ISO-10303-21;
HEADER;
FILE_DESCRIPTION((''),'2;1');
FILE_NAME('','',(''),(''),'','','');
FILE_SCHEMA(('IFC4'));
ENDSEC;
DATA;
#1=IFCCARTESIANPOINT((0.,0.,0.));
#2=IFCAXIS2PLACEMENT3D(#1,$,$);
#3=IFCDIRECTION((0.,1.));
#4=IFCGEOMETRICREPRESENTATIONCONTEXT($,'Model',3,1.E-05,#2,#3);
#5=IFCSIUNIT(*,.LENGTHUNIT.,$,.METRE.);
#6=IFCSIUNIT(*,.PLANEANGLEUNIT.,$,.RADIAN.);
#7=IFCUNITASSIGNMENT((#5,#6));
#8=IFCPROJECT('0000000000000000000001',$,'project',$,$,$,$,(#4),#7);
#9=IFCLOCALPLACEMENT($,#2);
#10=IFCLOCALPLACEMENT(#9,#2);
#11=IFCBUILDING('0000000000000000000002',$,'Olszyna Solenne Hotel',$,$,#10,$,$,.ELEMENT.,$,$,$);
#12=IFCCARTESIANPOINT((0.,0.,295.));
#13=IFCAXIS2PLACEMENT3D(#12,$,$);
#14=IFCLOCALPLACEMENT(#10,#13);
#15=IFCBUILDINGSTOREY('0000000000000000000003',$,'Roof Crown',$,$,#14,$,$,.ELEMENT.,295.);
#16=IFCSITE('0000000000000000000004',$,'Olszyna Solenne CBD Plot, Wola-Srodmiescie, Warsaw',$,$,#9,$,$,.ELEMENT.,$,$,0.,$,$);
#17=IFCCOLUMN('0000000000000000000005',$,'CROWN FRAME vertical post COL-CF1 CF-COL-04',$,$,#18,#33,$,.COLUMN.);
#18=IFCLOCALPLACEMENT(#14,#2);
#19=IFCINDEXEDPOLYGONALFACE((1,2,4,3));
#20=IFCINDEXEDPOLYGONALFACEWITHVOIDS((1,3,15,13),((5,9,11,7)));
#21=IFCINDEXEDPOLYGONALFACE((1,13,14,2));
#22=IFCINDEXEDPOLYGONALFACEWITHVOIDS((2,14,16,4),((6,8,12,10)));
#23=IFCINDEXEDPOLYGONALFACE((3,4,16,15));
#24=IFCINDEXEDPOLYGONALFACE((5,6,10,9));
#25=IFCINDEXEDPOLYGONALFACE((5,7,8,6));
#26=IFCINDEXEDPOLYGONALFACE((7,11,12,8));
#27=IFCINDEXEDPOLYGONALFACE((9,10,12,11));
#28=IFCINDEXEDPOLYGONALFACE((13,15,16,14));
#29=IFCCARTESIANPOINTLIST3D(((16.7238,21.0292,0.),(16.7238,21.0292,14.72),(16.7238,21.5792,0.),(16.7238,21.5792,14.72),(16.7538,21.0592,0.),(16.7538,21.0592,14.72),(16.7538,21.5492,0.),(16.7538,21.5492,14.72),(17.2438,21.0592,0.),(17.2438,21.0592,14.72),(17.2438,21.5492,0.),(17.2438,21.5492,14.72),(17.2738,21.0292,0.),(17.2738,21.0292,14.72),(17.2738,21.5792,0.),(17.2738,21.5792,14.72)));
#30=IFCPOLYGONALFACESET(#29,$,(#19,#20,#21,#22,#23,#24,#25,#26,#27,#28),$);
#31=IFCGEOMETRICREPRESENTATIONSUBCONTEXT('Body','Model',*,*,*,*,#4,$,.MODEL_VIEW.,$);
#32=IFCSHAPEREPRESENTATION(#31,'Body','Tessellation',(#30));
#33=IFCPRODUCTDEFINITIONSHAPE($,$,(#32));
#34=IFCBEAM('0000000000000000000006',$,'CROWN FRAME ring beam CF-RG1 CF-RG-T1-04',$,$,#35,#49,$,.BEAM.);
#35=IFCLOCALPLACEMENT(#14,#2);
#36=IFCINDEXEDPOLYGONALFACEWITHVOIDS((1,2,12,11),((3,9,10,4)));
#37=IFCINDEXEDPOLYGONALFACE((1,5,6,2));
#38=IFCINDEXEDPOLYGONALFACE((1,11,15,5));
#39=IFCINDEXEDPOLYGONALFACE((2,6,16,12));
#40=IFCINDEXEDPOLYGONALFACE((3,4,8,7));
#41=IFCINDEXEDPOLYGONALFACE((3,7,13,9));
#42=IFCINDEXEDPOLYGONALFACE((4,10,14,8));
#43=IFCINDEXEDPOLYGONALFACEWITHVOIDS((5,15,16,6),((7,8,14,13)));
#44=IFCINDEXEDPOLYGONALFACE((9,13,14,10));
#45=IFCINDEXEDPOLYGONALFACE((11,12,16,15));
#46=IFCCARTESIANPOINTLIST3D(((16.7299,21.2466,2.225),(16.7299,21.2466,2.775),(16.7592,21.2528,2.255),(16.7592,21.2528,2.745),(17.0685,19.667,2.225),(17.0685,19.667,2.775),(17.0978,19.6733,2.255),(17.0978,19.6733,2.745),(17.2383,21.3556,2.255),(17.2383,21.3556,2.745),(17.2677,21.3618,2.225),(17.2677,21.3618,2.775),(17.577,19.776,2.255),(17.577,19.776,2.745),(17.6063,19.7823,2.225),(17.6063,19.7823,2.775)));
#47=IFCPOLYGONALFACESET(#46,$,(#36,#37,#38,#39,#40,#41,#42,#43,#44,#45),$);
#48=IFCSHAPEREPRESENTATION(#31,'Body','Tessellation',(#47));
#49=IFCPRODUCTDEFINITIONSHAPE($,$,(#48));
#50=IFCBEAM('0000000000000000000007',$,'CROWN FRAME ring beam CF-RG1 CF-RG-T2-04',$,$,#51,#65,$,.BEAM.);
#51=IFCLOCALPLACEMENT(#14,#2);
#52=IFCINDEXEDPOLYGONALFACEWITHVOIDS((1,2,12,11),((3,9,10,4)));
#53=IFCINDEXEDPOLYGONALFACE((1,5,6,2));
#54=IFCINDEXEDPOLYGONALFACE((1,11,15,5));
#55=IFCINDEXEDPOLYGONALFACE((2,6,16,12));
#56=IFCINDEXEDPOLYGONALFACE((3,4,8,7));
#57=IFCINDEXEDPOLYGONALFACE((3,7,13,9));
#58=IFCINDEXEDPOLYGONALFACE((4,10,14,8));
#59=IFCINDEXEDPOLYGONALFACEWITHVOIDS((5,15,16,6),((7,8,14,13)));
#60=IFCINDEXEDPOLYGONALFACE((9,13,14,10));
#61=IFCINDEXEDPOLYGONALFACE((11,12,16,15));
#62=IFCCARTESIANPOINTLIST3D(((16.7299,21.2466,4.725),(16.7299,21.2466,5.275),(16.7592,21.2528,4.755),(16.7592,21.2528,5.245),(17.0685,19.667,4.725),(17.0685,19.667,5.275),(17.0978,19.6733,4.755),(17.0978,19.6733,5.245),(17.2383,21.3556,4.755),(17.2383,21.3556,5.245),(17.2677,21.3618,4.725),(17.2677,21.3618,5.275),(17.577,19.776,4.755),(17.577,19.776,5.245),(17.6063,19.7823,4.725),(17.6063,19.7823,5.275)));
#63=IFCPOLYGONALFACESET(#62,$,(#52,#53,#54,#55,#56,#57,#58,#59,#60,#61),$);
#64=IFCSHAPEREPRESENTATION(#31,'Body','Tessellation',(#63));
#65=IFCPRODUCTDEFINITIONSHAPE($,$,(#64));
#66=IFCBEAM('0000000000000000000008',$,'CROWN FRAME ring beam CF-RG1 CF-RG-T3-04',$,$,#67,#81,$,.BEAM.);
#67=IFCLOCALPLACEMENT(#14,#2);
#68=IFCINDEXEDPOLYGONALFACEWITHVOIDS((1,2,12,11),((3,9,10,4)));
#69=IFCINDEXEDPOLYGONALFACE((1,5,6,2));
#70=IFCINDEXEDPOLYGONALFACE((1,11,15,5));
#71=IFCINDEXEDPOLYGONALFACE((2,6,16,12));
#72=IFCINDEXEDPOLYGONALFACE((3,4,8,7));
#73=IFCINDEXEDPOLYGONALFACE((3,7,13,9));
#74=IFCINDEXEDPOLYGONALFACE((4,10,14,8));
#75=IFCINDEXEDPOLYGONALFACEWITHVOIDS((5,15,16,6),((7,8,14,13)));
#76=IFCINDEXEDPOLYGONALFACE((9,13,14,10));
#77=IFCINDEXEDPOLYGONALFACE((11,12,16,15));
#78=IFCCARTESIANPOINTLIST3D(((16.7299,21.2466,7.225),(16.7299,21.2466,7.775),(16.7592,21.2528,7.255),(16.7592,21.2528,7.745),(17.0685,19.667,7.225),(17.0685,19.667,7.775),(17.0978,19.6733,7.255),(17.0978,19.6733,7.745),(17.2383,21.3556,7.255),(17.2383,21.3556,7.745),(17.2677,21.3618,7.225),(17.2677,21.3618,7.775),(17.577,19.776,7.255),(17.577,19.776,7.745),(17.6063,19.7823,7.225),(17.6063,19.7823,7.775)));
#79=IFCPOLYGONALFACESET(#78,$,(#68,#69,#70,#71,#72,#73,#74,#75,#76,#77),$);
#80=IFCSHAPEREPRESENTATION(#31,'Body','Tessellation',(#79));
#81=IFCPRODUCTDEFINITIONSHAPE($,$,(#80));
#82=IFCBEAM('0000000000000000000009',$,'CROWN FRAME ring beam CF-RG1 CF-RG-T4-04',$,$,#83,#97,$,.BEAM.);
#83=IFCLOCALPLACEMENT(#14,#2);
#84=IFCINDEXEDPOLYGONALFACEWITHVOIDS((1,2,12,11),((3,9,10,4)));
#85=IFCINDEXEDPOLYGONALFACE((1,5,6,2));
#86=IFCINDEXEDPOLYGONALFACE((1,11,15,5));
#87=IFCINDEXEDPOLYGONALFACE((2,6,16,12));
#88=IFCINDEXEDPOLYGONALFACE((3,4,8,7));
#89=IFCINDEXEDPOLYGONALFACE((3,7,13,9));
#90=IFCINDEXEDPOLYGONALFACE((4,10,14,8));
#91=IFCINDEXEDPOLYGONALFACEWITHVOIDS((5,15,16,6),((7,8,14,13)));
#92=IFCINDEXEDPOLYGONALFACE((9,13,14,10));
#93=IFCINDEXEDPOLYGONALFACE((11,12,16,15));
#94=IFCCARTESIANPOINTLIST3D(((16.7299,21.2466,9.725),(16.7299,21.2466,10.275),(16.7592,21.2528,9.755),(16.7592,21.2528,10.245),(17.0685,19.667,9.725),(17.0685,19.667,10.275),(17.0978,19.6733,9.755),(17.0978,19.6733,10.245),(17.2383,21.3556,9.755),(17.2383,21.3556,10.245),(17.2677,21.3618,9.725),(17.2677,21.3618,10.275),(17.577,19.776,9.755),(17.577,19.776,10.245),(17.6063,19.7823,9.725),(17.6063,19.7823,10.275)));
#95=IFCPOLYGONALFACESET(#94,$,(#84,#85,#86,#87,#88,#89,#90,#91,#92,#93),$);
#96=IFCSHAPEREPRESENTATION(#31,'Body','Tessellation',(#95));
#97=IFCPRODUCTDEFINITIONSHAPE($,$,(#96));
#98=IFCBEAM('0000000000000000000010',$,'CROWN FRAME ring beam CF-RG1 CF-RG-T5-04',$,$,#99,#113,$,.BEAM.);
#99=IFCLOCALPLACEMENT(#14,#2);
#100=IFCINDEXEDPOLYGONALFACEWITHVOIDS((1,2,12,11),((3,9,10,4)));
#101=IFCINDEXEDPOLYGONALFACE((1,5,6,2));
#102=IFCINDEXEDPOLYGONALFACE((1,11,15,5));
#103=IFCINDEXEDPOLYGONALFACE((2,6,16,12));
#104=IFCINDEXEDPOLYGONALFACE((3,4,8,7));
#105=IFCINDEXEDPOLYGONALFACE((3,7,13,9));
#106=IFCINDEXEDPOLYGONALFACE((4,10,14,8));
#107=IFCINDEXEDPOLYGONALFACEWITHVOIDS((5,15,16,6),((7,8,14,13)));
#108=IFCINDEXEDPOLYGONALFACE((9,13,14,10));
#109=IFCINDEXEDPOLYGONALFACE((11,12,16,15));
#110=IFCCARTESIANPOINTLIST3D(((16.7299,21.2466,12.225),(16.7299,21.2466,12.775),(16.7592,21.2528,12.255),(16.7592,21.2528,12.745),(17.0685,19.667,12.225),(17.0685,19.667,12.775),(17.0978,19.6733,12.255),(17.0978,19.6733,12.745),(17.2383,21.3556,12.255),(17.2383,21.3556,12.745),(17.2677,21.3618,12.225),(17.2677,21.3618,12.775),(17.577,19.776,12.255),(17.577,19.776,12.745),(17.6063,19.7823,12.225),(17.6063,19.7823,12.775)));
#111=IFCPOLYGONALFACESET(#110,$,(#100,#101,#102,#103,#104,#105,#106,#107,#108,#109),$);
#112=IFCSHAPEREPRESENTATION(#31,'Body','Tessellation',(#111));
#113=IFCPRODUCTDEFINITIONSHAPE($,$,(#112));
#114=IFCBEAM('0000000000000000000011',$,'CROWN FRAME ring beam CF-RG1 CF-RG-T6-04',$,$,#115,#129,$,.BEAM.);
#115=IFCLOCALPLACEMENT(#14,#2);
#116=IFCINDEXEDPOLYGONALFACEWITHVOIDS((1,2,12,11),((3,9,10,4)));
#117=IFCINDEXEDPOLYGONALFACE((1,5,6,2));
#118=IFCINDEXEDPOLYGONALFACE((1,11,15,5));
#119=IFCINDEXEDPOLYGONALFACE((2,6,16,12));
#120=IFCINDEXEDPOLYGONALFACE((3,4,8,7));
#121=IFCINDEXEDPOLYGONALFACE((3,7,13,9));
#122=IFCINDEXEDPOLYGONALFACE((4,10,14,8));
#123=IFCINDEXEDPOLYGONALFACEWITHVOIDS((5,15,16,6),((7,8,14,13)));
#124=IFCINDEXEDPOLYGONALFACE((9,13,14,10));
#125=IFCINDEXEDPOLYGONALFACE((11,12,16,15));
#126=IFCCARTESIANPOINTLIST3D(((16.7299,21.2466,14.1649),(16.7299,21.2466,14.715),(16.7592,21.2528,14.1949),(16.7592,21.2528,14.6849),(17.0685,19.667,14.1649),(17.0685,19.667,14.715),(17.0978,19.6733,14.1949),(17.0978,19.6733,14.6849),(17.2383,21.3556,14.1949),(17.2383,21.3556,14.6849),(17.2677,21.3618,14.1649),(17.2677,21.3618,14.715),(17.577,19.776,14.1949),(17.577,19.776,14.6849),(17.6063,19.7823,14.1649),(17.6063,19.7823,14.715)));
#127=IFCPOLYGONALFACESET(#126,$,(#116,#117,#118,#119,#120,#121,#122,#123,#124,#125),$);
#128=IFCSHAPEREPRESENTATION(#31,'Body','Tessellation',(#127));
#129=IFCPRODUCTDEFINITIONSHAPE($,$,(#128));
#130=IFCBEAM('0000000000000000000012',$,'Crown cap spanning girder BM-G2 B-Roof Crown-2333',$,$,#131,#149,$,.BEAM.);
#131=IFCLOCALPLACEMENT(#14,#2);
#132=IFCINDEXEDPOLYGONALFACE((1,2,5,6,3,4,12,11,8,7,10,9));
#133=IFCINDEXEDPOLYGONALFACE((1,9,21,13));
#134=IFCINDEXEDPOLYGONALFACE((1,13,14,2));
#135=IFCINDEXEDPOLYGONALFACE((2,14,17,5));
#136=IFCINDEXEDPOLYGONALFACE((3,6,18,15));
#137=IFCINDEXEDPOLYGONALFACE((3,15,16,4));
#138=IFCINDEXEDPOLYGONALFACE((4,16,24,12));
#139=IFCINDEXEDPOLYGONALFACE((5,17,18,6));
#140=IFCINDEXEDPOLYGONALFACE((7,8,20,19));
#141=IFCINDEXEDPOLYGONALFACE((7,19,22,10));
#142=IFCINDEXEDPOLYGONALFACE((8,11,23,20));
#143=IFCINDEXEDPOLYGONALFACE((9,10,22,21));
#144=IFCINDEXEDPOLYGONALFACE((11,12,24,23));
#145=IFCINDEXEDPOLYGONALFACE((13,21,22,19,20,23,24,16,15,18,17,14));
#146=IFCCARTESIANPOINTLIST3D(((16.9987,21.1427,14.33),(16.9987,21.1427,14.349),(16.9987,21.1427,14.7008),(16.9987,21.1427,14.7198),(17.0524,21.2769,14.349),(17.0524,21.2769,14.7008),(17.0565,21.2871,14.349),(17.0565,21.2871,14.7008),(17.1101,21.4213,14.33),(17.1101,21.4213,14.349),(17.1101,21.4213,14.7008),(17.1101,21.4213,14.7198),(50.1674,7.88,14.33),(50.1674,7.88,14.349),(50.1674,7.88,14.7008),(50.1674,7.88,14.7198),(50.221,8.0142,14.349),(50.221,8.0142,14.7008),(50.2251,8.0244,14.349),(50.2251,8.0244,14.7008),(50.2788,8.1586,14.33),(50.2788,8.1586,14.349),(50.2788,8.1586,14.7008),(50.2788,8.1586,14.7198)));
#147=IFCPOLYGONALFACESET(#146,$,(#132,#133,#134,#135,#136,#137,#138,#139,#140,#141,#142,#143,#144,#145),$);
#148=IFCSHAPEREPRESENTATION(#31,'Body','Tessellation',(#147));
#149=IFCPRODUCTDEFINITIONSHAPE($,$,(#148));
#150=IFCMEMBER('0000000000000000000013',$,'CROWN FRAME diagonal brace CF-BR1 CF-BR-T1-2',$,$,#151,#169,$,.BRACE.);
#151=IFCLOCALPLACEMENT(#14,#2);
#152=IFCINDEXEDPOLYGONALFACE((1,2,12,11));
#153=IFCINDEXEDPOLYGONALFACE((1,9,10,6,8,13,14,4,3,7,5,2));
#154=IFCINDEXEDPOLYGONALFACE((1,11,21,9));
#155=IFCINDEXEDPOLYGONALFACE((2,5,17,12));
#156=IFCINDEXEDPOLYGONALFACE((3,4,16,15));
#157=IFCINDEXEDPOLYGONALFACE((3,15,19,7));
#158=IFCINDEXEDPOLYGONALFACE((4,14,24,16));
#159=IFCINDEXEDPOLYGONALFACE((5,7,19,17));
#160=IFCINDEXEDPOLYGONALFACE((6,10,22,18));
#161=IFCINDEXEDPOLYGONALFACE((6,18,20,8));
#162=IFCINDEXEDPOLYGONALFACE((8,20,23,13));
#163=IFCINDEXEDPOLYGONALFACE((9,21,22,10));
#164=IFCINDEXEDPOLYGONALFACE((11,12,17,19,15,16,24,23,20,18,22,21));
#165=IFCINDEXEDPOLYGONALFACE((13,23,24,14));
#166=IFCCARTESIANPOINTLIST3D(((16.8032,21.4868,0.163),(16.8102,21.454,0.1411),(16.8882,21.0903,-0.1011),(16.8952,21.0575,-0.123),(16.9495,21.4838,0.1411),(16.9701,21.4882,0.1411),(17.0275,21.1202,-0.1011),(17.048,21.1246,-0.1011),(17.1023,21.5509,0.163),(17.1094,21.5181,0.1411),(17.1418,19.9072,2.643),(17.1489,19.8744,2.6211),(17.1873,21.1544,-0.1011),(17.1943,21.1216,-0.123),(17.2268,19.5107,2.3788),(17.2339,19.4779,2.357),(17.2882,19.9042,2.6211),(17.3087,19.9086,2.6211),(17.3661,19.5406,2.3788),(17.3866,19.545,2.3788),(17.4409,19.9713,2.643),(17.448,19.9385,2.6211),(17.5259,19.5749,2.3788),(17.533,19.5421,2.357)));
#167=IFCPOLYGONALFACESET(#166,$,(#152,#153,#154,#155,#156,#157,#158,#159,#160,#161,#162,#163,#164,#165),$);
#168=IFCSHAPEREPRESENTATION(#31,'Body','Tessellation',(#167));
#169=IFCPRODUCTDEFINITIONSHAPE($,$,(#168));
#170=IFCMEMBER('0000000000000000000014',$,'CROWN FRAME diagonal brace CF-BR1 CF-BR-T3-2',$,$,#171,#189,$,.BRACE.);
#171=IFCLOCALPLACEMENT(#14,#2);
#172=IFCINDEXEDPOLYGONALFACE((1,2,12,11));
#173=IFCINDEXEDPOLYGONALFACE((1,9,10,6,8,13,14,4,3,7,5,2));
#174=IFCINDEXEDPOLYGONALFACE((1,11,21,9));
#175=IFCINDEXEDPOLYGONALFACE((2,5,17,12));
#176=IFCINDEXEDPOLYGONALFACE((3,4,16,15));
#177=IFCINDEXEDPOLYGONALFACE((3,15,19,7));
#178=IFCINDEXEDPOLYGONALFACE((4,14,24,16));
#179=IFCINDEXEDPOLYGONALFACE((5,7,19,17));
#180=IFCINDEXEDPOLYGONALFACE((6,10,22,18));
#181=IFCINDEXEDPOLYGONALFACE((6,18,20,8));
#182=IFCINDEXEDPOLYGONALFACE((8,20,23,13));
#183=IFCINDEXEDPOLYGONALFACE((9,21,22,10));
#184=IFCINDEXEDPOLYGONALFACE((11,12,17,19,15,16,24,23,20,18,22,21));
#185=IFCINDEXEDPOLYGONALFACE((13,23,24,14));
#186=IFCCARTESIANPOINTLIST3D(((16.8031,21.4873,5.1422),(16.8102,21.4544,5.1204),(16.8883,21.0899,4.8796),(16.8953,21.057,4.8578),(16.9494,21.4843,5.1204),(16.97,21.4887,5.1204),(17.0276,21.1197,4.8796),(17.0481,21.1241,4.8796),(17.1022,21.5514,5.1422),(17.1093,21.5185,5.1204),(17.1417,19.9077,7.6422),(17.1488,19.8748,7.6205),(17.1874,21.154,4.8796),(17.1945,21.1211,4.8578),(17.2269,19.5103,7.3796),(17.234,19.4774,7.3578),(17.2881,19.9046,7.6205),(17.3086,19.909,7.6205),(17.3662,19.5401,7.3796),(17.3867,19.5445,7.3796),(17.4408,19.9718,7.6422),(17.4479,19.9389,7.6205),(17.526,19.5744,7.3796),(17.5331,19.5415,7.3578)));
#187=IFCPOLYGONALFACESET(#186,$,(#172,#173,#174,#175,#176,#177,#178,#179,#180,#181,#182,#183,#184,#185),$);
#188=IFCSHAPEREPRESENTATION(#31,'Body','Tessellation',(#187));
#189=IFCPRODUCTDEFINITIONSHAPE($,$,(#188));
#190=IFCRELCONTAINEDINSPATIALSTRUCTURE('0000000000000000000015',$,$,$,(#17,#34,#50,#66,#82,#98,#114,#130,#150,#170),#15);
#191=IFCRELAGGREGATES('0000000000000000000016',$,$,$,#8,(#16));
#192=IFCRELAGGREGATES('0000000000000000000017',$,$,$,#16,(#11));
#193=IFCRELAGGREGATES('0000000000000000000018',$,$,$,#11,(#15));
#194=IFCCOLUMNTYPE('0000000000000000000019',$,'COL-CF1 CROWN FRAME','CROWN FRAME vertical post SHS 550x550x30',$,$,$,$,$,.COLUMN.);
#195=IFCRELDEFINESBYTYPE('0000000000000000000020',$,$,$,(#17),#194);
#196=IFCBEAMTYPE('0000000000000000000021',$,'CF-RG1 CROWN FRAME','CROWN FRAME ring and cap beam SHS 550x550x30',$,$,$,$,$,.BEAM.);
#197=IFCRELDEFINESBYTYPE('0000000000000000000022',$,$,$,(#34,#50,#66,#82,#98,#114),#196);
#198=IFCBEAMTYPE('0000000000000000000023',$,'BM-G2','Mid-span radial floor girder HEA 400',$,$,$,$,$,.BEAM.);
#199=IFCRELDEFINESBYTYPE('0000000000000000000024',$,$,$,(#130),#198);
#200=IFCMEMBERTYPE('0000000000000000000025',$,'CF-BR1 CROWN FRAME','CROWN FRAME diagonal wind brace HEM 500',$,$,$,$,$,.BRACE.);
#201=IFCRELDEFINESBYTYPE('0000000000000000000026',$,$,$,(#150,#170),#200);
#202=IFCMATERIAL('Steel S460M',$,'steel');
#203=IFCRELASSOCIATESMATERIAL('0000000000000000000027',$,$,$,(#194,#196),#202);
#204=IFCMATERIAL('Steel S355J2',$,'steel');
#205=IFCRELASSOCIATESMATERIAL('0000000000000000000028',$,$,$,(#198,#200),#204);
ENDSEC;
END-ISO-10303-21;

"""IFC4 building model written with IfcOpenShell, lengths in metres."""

from ifc_helpers import new_model, si_unit, direction, frame, origin, origin_2d, place, context, subcontext, project, spatial, hollow_rectangle, i_section, extrude, source, transform, mapped, material, material_profile, profile_set, type_object, element, save


model = new_model("IFC4")

# Units and contexts
model_context = context("Model", 3, precision=1e-05, world=origin(), true_north=direction((0.0, 1.0)))
body_context = subcontext(model_context, "Body", "Model", "MODEL_VIEW")
ifc_project = project(units=[si_unit("LENGTHUNIT", "METRE"), si_unit("PLANEANGLEUNIT", "RADIAN")], contexts=[model_context])

# Site, building, storey
site_placement = place(None, origin())
site = spatial("IfcSite", under=ifc_project, at=site_placement, Name="Olszyna Solenne CBD Plot, Wola-Srodmiescie, Warsaw", CompositionType="ELEMENT", RefElevation=0.0)
building_placement = place(site_placement, origin())
building = spatial("IfcBuilding", under=site, at=building_placement, Name="Olszyna Solenne Hotel", CompositionType="ELEMENT")
storey_placement = place(building_placement, frame((0.0, 0.0, 295.0)))
storey = spatial("IfcBuildingStorey", under=building, at=storey_placement, Name="Roof Crown", CompositionType="ELEMENT", Elevation=295.0)

# Column
ifc_material_1 = material(Name="Steel S460M", Category="steel")
ifc_material_profile_1 = material_profile(ifc_material_1, hollow_rectangle(XDim=0.55, YDim=0.55, WallThickness=0.03, at=origin_2d()), Name="SHS 550x550x30", Category="load-bearing")
ifc_profile_set_1 = profile_set([ifc_material_profile_1], Name="Steel S460M")
column_type = type_object("IfcColumnType", Name="COL-CF1 CROWN FRAME", Description="CROWN FRAME vertical post SHS 550x550x30", PredefinedType="COLUMN", material=ifc_profile_set_1)
shared_shape_1 = source(origin(), body_context, "Body", "SweptSolid", [
    extrude(hollow_rectangle(XDim=0.55, YDim=0.55, WallThickness=0.03, at=origin_2d()), origin(), (0.0, 0.0, 1.0), 14.72),
])
column_placement = place(storey_placement, frame((16.9988, 21.3042, 0.0), z_axis=(0.0, 0.0, 1.0), x_axis=(1.0, 0.0, 0.0)))
element("IfcColumn", 1, at=column_placement, inside=storey, type_object=column_type, Name="CROWN FRAME vertical post COL-CF1 CF-COL-04", PredefinedType="COLUMN", context=body_context, shape_type="MappedRepresentation", body=[
    mapped(shared_shape_1, transform((0.0, 0.0, 0.0), x_axis=(1.0, 0.0, 0.0), y_axis=(0.0, 1.0, 0.0), z_axis=(0.0, 0.0, 1.0), scale=1.0)),
])

# Beams
ifc_material_profile_2 = material_profile(ifc_material_1, hollow_rectangle(XDim=0.55, YDim=0.55, WallThickness=0.03, at=origin_2d()), Name="SHS 550x550x30", Category="load-bearing")
ifc_profile_set_2 = profile_set([ifc_material_profile_2], Name="Steel S460M")
beam_type_1 = type_object("IfcBeamType", Name="CF-RG1 CROWN FRAME", Description="CROWN FRAME ring and cap beam SHS 550x550x30", PredefinedType="BEAM", material=ifc_profile_set_2)
shared_shape_2 = source(origin(), body_context, "Body", "SweptSolid", [
    extrude(hollow_rectangle(XDim=0.55, YDim=0.55, WallThickness=0.03, at=origin_2d()), origin(), (0.0, 0.0, 1.0), 1.6155),
])
for number, where, z_axis, x_axis, name in (
    (2, (16.9988, 21.3042, 2.5), (0.209612, -0.977785, 0.0), (0.977785, 0.209612, 0.0), "CROWN FRAME ring beam CF-RG1 CF-RG-T1-04"),
    (3, (16.9988, 21.3042, 5.0), (0.209612, -0.977785, 0.0), (0.977785, 0.209612, 0.0), "CROWN FRAME ring beam CF-RG1 CF-RG-T2-04"),
    (4, (16.9988, 21.3042, 7.5), (0.209612, -0.977785, 0.0), (0.977785, 0.209612, 0.0), "CROWN FRAME ring beam CF-RG1 CF-RG-T3-04"),
    (5, (16.9988, 21.3042, 10.0), (0.209612, -0.977785, 0.0), (0.977785, 0.209612, 0.0), "CROWN FRAME ring beam CF-RG1 CF-RG-T4-04"),
    (6, (16.9988, 21.3042, 12.5), (0.209612, -0.977785, 0.0), (0.977785, 0.209612, 0.0), "CROWN FRAME ring beam CF-RG1 CF-RG-T5-04"),
    (7, (16.9988, 21.3042, 14.4399), (0.209612, -0.977785, 0.0), (0.977785, 0.209612, 0.0), "CROWN FRAME ring beam CF-RG1 CF-RG-T6-04"),
):
    element("IfcBeam", number, at=place(storey_placement, frame(where, z_axis=z_axis, x_axis=x_axis)), inside=storey, type_object=beam_type_1, Name=name, PredefinedType="BEAM", context=body_context, shape_type="MappedRepresentation", body=[
        mapped(shared_shape_2, transform((0.0, 0.0, 0.0), x_axis=(1.0, 0.0, 0.0), y_axis=(0.0, 1.0, 0.0), z_axis=(0.0, 0.0, 1.0), scale=1.0)),
    ])
ifc_material_2 = material(Name="Steel S355J2", Category="steel")
ifc_material_profile_3 = material_profile(ifc_material_2, i_section(OverallWidth=0.3, OverallDepth=0.3899, WebThickness=0.011, FlangeThickness=0.019, at=origin_2d()), Name="HEA 400", Category="load-bearing")
ifc_profile_set_3 = profile_set([ifc_material_profile_3], Name="Steel S355J2")
beam_type_2 = type_object("IfcBeamType", Name="BM-G2", Description="Mid-span radial floor girder HEA 400", PredefinedType="BEAM", material=ifc_profile_set_3)
shared_shape_3 = source(origin(), body_context, "Body", "SweptSolid", [
    extrude(i_section(OverallWidth=0.3, OverallDepth=0.3899, WebThickness=0.011, FlangeThickness=0.019, at=origin_2d()), origin(), (0.0, 0.0, 1.0), 35.7219),
])
beam_placement = place(storey_placement, frame((17.0544, 21.282, 14.5249), z_axis=(0.928523, -0.371275, 0.0), x_axis=(0.371275, 0.928523, 0.0)))
element("IfcBeam", 8, at=beam_placement, inside=storey, type_object=beam_type_2, Name="Crown cap spanning girder BM-G2 B-Roof Crown-2333", PredefinedType="BEAM", context=body_context, shape_type="MappedRepresentation", body=[
    mapped(shared_shape_3, transform((0.0, 0.0, 0.0), x_axis=(1.0, 0.0, 0.0), y_axis=(0.0, 1.0, 0.0), z_axis=(0.0, 0.0, 1.0), scale=1.0)),
])

# Members
ifc_material_profile_4 = material_profile(ifc_material_2, i_section(OverallWidth=0.3059, OverallDepth=0.5239, WebThickness=0.021, FlangeThickness=0.04, at=origin_2d()), Name="HEM 500", Category="load-bearing")
ifc_profile_set_4 = profile_set([ifc_material_profile_4], Name="Steel S355J2")
member_type = type_object("IfcMemberType", Name="CF-BR1 CROWN FRAME", Description="CROWN FRAME diagonal wind brace HEM 500", PredefinedType="BRACE", material=ifc_profile_set_4)
shared_shape_4 = source(origin(), body_context, "Body", "SweptSolid", [
    extrude(i_section(OverallWidth=0.3059, OverallDepth=0.5239, WebThickness=0.021, FlangeThickness=0.04, at=origin_2d()), origin(), (0.0, 0.0, 1.0), 2.9597),
])
member_placement = place(storey_placement, frame((16.9988, 21.3042, 0.02), z_axis=(0.11441, -0.533692, 0.837904), x_axis=(0.977785, 0.209612, 0.0)))
element("IfcMember", 9, at=member_placement, inside=storey, type_object=member_type, Name="CROWN FRAME diagonal brace CF-BR1 CF-BR-T1-2", PredefinedType="BRACE", context=body_context, shape_type="MappedRepresentation", body=[
    mapped(shared_shape_4, transform((0.0, 0.0, 0.0), x_axis=(1.0, 0.0, 0.0), y_axis=(0.0, 1.0, 0.0), z_axis=(0.0, 0.0, 1.0), scale=1.0)),
])
shared_shape_5 = source(origin(), body_context, "Body", "SweptSolid", [
    extrude(i_section(OverallWidth=0.3059, OverallDepth=0.5239, WebThickness=0.021, FlangeThickness=0.04, at=origin_2d()), origin(), (0.0, 0.0, 1.0), 2.9766),
])
for number, where, z_axis, x_axis, name in (
    (10, (16.9988, 21.3042, 5.0), (0.113764, -0.53068, 0.839902), (0.977785, 0.209612, 0.0), "CROWN FRAME diagonal brace CF-BR1 CF-BR-T3-2"),
):
    element("IfcMember", number, at=place(storey_placement, frame(where, z_axis=z_axis, x_axis=x_axis)), inside=storey, type_object=member_type, Name=name, PredefinedType="BRACE", context=body_context, shape_type="MappedRepresentation", body=[
        mapped(shared_shape_5, transform((0.0, 0.0, 0.0), x_axis=(1.0, 0.0, 0.0), y_axis=(0.0, 1.0, 0.0), z_axis=(0.0, 0.0, 1.0), scale=1.0)),
    ])

save(model, "model.ifc")
